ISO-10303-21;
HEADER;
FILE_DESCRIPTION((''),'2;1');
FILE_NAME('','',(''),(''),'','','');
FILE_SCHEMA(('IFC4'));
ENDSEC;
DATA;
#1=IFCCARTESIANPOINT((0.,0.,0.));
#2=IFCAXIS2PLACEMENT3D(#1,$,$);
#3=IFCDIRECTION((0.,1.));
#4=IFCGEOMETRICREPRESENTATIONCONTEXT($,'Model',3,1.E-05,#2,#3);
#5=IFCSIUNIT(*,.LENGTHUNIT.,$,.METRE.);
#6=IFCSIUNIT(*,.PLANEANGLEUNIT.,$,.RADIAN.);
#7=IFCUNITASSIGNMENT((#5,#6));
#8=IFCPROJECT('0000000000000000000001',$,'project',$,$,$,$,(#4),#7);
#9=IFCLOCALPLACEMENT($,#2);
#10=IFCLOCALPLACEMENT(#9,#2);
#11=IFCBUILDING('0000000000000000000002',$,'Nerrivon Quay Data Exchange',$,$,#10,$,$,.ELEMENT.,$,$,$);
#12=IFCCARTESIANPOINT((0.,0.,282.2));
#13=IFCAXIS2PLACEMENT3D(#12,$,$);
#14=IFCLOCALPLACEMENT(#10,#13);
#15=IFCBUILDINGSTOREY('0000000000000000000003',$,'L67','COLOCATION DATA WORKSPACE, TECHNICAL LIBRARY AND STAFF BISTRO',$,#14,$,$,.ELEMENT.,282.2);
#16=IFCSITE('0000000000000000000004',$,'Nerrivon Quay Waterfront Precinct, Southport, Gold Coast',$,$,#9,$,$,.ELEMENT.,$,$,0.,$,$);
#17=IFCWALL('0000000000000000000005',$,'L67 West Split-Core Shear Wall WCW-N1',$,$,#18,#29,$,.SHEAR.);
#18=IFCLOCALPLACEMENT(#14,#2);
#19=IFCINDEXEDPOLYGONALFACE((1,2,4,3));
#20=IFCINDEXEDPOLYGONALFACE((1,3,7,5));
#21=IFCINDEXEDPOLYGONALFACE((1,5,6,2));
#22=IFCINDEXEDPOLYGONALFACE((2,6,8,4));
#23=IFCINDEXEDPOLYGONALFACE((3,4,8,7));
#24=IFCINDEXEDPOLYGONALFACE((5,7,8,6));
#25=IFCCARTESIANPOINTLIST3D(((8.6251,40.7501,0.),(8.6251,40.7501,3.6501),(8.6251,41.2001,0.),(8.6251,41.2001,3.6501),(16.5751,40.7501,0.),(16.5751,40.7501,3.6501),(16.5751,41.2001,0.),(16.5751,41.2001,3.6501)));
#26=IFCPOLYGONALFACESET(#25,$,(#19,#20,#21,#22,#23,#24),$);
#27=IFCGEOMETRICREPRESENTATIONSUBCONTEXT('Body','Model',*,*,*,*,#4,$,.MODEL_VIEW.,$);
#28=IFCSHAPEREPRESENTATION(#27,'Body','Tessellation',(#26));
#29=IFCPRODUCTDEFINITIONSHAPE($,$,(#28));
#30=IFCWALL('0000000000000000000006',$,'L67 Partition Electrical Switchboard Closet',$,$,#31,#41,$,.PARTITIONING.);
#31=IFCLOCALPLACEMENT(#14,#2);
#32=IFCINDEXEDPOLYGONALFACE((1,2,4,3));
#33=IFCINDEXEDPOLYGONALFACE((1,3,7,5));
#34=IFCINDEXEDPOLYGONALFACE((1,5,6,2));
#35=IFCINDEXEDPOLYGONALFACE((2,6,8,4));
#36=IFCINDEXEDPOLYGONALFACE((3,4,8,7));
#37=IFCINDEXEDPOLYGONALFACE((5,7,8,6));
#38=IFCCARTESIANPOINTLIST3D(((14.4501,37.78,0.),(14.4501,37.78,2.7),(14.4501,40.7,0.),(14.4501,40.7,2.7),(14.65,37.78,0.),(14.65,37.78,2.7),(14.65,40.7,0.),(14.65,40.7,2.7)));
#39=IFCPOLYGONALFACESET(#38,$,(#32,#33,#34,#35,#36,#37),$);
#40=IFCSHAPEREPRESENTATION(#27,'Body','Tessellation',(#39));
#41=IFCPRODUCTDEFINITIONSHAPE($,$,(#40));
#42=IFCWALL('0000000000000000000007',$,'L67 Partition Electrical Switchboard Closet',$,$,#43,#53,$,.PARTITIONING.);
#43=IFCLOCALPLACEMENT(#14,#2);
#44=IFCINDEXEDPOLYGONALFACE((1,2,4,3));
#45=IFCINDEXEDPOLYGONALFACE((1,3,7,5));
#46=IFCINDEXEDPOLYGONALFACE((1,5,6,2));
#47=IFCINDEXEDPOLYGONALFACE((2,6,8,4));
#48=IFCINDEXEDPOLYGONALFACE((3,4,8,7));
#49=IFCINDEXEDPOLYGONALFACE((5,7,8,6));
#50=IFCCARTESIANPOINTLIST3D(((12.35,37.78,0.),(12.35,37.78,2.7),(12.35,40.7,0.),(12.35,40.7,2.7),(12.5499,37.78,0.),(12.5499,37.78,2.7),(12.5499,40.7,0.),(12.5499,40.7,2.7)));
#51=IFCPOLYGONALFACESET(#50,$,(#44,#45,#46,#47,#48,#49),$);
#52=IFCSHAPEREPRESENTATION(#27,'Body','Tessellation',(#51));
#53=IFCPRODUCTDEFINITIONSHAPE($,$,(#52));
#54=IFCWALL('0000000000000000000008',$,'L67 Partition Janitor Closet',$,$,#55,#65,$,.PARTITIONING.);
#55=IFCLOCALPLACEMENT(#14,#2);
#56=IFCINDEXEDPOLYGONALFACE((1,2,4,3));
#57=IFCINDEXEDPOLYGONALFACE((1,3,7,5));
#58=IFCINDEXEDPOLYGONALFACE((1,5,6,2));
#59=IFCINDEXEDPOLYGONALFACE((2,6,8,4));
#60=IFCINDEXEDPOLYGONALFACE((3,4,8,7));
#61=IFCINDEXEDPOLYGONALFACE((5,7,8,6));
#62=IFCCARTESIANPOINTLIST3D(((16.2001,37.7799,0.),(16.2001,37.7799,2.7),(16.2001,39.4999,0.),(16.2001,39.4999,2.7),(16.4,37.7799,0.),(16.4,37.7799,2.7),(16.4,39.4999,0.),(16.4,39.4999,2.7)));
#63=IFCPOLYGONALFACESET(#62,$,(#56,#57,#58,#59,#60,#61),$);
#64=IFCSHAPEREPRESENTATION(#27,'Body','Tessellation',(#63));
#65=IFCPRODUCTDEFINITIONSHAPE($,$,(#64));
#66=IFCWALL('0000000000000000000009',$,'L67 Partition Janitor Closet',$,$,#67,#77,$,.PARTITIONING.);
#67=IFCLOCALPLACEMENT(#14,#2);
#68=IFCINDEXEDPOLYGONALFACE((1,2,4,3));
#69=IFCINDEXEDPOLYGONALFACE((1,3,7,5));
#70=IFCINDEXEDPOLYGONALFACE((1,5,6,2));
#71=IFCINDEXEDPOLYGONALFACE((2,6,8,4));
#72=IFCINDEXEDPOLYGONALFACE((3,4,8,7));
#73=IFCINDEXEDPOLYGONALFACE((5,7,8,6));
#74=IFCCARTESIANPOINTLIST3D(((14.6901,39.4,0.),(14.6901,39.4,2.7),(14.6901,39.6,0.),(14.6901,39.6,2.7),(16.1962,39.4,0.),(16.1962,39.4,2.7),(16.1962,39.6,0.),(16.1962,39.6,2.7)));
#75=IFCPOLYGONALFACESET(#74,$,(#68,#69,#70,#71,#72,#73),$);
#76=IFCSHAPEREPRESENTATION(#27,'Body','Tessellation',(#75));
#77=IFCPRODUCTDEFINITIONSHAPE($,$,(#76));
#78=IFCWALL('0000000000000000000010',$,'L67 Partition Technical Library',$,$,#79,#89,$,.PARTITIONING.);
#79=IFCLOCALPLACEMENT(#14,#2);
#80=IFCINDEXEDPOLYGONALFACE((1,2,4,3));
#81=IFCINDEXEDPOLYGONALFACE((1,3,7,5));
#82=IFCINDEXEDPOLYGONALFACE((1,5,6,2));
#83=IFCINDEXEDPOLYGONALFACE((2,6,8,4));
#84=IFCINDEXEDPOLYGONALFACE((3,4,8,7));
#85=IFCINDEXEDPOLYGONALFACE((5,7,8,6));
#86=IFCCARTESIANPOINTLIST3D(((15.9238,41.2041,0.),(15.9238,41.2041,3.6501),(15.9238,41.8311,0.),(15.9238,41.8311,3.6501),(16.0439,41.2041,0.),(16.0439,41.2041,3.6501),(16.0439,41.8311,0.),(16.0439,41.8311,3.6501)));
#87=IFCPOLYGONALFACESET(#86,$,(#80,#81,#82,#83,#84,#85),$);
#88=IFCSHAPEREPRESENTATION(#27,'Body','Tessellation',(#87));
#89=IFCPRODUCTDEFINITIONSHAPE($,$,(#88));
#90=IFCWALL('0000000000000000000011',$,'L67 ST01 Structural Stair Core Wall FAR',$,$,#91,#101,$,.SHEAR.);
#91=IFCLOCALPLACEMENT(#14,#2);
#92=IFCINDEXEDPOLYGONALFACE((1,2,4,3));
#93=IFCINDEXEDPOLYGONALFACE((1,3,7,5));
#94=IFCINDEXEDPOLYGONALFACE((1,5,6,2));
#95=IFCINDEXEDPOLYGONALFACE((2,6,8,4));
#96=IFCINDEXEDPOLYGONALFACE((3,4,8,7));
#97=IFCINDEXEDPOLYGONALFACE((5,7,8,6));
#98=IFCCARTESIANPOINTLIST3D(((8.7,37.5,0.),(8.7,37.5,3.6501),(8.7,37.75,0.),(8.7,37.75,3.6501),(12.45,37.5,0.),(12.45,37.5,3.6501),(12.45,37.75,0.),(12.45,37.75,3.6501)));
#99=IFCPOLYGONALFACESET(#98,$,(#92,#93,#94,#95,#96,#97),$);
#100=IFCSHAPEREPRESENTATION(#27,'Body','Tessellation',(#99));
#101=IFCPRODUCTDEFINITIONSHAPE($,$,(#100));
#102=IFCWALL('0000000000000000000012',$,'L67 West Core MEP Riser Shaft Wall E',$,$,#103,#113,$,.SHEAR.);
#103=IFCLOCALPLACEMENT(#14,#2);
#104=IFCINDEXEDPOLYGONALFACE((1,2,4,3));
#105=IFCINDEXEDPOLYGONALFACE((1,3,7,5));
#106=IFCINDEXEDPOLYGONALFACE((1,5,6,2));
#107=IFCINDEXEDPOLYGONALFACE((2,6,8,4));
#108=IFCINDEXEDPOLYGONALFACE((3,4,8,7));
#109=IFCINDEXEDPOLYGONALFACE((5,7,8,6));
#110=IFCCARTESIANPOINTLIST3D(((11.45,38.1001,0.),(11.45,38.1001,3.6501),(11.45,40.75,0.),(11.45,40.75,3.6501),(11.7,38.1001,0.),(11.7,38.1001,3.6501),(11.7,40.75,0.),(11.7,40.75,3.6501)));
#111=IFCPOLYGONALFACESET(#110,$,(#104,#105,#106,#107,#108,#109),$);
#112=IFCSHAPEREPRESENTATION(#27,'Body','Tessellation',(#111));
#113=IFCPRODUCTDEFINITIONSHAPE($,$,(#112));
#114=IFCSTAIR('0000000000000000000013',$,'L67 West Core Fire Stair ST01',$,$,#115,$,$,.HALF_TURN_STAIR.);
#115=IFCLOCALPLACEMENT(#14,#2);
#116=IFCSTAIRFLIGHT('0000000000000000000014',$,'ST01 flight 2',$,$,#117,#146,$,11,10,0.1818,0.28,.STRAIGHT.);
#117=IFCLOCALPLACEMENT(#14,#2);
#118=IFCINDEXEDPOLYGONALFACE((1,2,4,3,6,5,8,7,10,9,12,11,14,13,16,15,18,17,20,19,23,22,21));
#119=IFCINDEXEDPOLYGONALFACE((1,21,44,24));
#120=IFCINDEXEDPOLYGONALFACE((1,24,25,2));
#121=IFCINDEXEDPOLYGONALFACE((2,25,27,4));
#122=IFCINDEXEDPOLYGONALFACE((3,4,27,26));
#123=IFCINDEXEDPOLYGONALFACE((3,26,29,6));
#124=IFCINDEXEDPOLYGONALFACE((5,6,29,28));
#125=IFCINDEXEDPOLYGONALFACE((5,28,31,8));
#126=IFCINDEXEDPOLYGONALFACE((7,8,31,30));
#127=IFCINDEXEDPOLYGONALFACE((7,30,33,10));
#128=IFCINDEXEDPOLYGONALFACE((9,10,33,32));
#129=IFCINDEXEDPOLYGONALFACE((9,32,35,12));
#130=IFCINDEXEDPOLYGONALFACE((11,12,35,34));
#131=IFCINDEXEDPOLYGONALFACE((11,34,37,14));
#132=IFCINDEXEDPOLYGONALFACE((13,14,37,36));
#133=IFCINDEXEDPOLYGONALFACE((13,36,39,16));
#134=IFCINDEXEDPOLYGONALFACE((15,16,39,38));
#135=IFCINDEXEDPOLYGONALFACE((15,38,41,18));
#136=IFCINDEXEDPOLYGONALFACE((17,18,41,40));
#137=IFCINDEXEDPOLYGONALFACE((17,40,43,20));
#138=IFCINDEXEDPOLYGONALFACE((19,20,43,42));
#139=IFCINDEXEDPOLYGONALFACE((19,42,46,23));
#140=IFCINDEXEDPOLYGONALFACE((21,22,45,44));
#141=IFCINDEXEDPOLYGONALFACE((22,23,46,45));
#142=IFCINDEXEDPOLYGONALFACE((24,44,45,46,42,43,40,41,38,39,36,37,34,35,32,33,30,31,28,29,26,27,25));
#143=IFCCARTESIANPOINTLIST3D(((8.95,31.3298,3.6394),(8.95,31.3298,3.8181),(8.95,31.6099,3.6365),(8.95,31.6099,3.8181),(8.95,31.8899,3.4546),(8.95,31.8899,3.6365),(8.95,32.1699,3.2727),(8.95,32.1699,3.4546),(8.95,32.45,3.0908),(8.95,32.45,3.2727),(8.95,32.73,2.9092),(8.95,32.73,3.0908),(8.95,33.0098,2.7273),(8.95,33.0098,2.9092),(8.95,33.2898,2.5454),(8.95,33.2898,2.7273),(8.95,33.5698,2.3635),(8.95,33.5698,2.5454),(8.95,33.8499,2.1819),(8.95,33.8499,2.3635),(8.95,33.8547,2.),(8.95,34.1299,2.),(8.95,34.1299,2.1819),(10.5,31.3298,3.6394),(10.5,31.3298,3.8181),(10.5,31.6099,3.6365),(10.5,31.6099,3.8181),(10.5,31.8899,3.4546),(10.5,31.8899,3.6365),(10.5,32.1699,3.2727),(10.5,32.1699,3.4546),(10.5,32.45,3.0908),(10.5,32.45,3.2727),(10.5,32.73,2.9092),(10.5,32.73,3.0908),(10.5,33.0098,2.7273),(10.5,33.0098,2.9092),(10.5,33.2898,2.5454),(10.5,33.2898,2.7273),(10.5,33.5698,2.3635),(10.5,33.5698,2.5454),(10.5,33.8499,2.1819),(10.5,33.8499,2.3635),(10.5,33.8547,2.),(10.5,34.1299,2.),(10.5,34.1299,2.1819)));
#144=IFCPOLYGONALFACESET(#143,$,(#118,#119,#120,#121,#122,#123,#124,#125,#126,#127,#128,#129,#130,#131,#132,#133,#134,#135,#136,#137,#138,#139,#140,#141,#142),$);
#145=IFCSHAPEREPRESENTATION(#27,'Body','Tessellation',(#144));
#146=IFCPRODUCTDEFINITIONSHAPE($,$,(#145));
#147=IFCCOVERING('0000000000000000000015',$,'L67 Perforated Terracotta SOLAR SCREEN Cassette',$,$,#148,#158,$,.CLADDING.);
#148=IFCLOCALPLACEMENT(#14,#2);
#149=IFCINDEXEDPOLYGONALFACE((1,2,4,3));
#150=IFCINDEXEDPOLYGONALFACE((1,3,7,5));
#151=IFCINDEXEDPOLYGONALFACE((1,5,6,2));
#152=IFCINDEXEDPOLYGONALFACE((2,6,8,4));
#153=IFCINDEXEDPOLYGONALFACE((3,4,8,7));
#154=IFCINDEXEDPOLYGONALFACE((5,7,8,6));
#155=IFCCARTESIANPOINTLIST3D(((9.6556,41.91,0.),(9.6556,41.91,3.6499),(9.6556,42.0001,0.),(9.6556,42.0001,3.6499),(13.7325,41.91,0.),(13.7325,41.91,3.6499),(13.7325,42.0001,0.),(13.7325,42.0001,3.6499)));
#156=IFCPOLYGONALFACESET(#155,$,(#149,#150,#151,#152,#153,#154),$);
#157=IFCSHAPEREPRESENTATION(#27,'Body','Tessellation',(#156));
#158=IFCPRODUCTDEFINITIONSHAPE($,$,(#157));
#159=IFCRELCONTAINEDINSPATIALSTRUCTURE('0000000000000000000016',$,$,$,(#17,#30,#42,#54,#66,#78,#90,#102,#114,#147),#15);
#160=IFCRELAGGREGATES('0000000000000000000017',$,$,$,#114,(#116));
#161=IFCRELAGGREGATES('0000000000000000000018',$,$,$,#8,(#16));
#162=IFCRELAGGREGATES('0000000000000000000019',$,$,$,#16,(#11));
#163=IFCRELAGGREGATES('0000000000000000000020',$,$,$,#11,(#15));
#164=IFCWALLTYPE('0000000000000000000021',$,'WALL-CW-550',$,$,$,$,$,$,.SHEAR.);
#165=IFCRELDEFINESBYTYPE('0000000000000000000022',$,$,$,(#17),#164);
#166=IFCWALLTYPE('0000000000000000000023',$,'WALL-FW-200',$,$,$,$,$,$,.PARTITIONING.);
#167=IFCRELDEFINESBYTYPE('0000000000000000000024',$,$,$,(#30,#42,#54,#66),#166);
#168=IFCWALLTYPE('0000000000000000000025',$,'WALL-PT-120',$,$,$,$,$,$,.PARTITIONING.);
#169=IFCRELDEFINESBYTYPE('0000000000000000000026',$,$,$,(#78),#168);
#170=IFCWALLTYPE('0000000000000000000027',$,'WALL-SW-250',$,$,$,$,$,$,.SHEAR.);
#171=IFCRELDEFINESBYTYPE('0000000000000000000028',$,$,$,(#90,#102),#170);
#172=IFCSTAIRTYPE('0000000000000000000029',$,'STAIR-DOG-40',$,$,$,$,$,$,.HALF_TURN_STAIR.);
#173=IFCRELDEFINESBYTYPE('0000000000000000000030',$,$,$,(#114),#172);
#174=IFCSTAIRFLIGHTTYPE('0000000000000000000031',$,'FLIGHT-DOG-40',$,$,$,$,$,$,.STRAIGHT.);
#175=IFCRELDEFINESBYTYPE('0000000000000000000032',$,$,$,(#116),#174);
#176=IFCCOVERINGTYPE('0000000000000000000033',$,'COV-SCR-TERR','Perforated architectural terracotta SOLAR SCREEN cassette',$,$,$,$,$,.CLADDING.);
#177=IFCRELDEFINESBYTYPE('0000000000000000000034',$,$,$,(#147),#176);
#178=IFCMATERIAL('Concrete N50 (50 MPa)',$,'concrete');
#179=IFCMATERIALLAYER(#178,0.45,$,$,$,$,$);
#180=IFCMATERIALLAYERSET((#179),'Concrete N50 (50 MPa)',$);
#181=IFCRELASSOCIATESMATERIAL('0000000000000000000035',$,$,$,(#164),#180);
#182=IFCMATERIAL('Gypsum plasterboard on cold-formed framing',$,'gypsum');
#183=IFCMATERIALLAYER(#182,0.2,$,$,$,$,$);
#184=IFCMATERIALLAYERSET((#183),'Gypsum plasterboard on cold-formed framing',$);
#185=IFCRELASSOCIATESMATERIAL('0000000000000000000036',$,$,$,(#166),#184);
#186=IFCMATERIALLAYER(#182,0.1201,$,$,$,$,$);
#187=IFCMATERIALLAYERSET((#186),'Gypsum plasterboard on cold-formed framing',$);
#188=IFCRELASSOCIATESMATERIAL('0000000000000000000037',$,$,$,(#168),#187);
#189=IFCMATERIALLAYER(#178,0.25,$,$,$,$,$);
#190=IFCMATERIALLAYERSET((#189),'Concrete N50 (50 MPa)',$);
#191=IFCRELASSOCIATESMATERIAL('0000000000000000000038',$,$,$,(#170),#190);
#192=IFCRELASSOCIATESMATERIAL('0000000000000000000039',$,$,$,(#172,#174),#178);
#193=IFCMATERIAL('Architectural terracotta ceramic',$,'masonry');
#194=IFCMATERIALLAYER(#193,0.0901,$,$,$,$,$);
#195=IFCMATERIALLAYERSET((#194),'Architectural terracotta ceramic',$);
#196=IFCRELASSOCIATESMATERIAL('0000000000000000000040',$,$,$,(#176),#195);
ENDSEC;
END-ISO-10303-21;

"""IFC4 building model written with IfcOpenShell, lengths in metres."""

from ifc_helpers import new_model, si_unit, direction, frame, frame_2d, origin, origin_2d, place, context, subcontext, project, spatial, polyline, rectangle, outline, extrude, material, layer, layer_set, type_object, element, aggregate, save


model = new_model("IFC4")

# Units and contexts
model_context = context("Model", 3, precision=1e-05, world=origin(), true_north=direction((0.0, 1.0)))
body_context = subcontext(model_context, "Body", "Model", "MODEL_VIEW")
ifc_project = project(units=[si_unit("LENGTHUNIT", "METRE"), si_unit("PLANEANGLEUNIT", "RADIAN")], contexts=[model_context])

# Site, building, storey
site_placement = place(None, origin())
site = spatial("IfcSite", under=ifc_project, at=site_placement, Name="Nerrivon Quay Waterfront Precinct, Southport, Gold Coast", CompositionType="ELEMENT", RefElevation=0.0)
building_placement = place(site_placement, origin())
building = spatial("IfcBuilding", under=site, at=building_placement, Name="Nerrivon Quay Data Exchange", CompositionType="ELEMENT")
storey_placement = place(building_placement, frame((0.0, 0.0, 282.2)))
storey = spatial("IfcBuildingStorey", under=building, at=storey_placement, Name="L67", Description="COLOCATION DATA WORKSPACE, TECHNICAL LIBRARY AND STAFF BISTRO", CompositionType="ELEMENT", Elevation=282.2)

# Shared definitions
ifc_material_1 = material(Name="Concrete N50 (50 MPa)", Category="concrete")

# Walls
ifc_layer_1 = layer(ifc_material_1, 0.45)
ifc_layer_set_1 = layer_set([ifc_layer_1], Name="Concrete N50 (50 MPa)")
wall_type_1 = type_object("IfcWallType", Name="WALL-CW-550", PredefinedType="SHEAR", material=ifc_layer_set_1)
wall_1_placement = place(storey_placement, frame((8.625, 40.9751, 0.0), z_axis=(0.0, 0.0, 1.0), x_axis=(1.0, 0.0, 0.0)))
element("IfcWall", 1, at=wall_1_placement, inside=storey, type_object=wall_type_1, Name="L67 West Split-Core Shear Wall WCW-N1", PredefinedType="SHEAR", context=body_context, shape_type="SweptSolid", body=[
    extrude(rectangle(XDim=7.95, YDim=0.45, at=frame_2d((3.9751, 0.0))), origin(), (0.0, 0.0, 1.0), 3.6501),
])
ifc_material_2 = material(Name="Gypsum plasterboard on cold-formed framing", Category="gypsum")
ifc_layer_2 = layer(ifc_material_2, 0.2)
ifc_layer_set_2 = layer_set([ifc_layer_2], Name="Gypsum plasterboard on cold-formed framing")
wall_type_2 = type_object("IfcWallType", Name="WALL-FW-200", PredefinedType="PARTITIONING", material=ifc_layer_set_2)
for number, where, z_axis, x_axis, name in (
    (2, (14.55, 37.78, 0.0), (0.0, 0.0, 1.0), (0.0, 1.0, 0.0), "L67 Partition Electrical Switchboard Closet"),
    (3, (12.45, 40.7, 0.0), (0.0, 0.0, 1.0), (0.0, -1.0, 0.0), "L67 Partition Electrical Switchboard Closet"),
):
    element("IfcWall", number, at=place(storey_placement, frame(where, z_axis=z_axis, x_axis=x_axis)), inside=storey, type_object=wall_type_2, Name=name, PredefinedType="PARTITIONING", context=body_context, shape_type="SweptSolid", body=[
        extrude(rectangle(XDim=2.9199, YDim=0.2, at=frame_2d((1.46, 0.0))), origin(), (0.0, 0.0, 1.0), 2.7),
    ])
wall_2_placement = place(storey_placement, frame((16.3, 37.78, 0.0), z_axis=(0.0, 0.0, 1.0), x_axis=(0.0, 1.0, 0.0)))
element("IfcWall", 4, at=wall_2_placement, inside=storey, type_object=wall_type_2, Name="L67 Partition Janitor Closet", PredefinedType="PARTITIONING", context=body_context, shape_type="SweptSolid", body=[
    extrude(rectangle(XDim=1.72, YDim=0.2, at=frame_2d((0.8599, 0.0))), origin(), (0.0, 0.0, 1.0), 2.7),
])
wall_3_placement = place(storey_placement, frame((16.196, 39.5, 0.0), z_axis=(0.0, 0.0, 1.0), x_axis=(-1.0, 0.0, 0.0)))
element("IfcWall", 5, at=wall_3_placement, inside=storey, type_object=wall_type_2, Name="L67 Partition Janitor Closet", PredefinedType="PARTITIONING", context=body_context, shape_type="SweptSolid", body=[
    extrude(rectangle(XDim=1.5061, YDim=0.2, at=frame_2d((0.7529, 0.0))), origin(), (0.0, 0.0, 1.0), 2.7),
])
ifc_layer_3 = layer(ifc_material_2, 0.1201)
ifc_layer_set_3 = layer_set([ifc_layer_3], Name="Gypsum plasterboard on cold-formed framing")
wall_type_3 = type_object("IfcWallType", Name="WALL-PT-120", PredefinedType="PARTITIONING", material=ifc_layer_set_3)
wall_4_placement = place(storey_placement, frame((15.9839, 41.2041, 0.0), z_axis=(0.0, 0.0, 1.0), x_axis=(0.0, 1.0, 0.0)))
element("IfcWall", 6, at=wall_4_placement, inside=storey, type_object=wall_type_3, Name="L67 Partition Technical Library", PredefinedType="PARTITIONING", context=body_context, shape_type="SweptSolid", body=[
    extrude(rectangle(XDim=0.627, YDim=0.1201, at=frame_2d((0.3135, 0.0))), origin(), (0.0, 0.0, 1.0), 3.6501),
])
ifc_layer_4 = layer(ifc_material_1, 0.25)
ifc_layer_set_4 = layer_set([ifc_layer_4], Name="Concrete N50 (50 MPa)")
wall_type_4 = type_object("IfcWallType", Name="WALL-SW-250", PredefinedType="SHEAR", material=ifc_layer_set_4)
wall_5_placement = place(storey_placement, frame((12.45, 37.625, 0.0), z_axis=(0.0, 0.0, 1.0), x_axis=(-1.0, 0.0, 0.0)))
element("IfcWall", 7, at=wall_5_placement, inside=storey, type_object=wall_type_4, Name="L67 ST01 Structural Stair Core Wall FAR", PredefinedType="SHEAR", context=body_context, shape_type="SweptSolid", body=[
    extrude(rectangle(XDim=3.75, YDim=0.25, at=frame_2d((1.875, 0.0))), origin(), (0.0, 0.0, 1.0), 3.6501),
])
wall_6_placement = place(storey_placement, frame((11.575, 38.1001, 0.0), z_axis=(0.0, 0.0, 1.0), x_axis=(0.0, 1.0, 0.0)))
element("IfcWall", 8, at=wall_6_placement, inside=storey, type_object=wall_type_4, Name="L67 West Core MEP Riser Shaft Wall E", PredefinedType="SHEAR", context=body_context, shape_type="SweptSolid", body=[
    extrude(rectangle(XDim=2.6499, YDim=0.25, at=frame_2d((1.325, 0.0))), origin(), (0.0, 0.0, 1.0), 3.6501),
])

# Stair, stair flight
stair_type = type_object("IfcStairType", Name="STAIR-DOG-40", PredefinedType="HALF_TURN_STAIR", material=ifc_material_1)
stair_placement = place(storey_placement, origin())
stair = element("IfcStair", 9, at=stair_placement, inside=storey, type_object=stair_type, Name="L67 West Core Fire Stair ST01", PredefinedType="HALF_TURN_STAIR")
stair_flight_type = type_object("IfcStairFlightType", Name="FLIGHT-DOG-40", PredefinedType="STRAIGHT", material=ifc_material_1)
stair_flight_placement = place(storey_placement, frame((9.7251, 34.1299, 2.0), z_axis=(0.0, 0.0, 1.0), x_axis=(0.0, -1.0, 0.0)))
stair_flight = element("IfcStairFlight", 10, at=stair_flight_placement, type_object=stair_flight_type, Name="ST01 flight 2", NumberOfRisers=11, NumberOfTreads=10, PredefinedType="STRAIGHT", RiserHeight=0.1818, TreadLength=0.28, context=body_context, shape_type="SweptSolid", body=[
    extrude(outline(polyline([(0.0, 0.0), (0.0, 0.1819), (0.28, 0.1819), (0.28, 0.3635), (0.5601, 0.3635), (0.5601, 0.5454), (0.8401, 0.5454), (0.8401, 0.7273), (1.1201, 0.7273), (1.1201, 0.9092), (1.3999, 0.9092), (1.3999, 1.0908), (1.6799, 1.0908), (1.6799, 1.2727), (1.96, 1.2727), (1.96, 1.4546), (2.24, 1.4546), (2.24, 1.6365), (2.52, 1.6365), (2.52, 1.8181), (2.8, 1.8181), (2.8, 2.0), (2.8, 1.6394), (0.2751, 0.0), (0.0, 0.0)])), frame((0.0, 0.7749, 0.0), z_axis=(0.0, -1.0, 0.0), x_axis=(1.0, 0.0, 0.0)), (0.0, 0.0, 1.0), 1.55),
])
aggregate(stair, [stair_flight])

# Covering
ifc_material_3 = material(Name="Architectural terracotta ceramic", Category="masonry")
ifc_layer_5 = layer(ifc_material_3, 0.0901)
ifc_layer_set_5 = layer_set([ifc_layer_5], Name="Architectural terracotta ceramic")
covering_type = type_object("IfcCoveringType", Name="COV-SCR-TERR", Description="Perforated architectural terracotta SOLAR SCREEN cassette", PredefinedType="CLADDING", material=ifc_layer_set_5)
covering_placement = place(storey_placement, frame((11.6941, 41.9551, 0.0), z_axis=(0.0, 0.0, 1.0), x_axis=(1.0, 0.0, 0.0)))
element("IfcCovering", 11, at=covering_placement, inside=storey, type_object=covering_type, Name="L67 Perforated Terracotta SOLAR SCREEN Cassette", PredefinedType="CLADDING", context=body_context, shape_type="SweptSolid", body=[
    extrude(rectangle(XDim=4.0769, YDim=0.0901, at=origin_2d()), origin(), (0.0, 0.0, 1.0), 3.6499),
])

save(model, "model.ifc")
